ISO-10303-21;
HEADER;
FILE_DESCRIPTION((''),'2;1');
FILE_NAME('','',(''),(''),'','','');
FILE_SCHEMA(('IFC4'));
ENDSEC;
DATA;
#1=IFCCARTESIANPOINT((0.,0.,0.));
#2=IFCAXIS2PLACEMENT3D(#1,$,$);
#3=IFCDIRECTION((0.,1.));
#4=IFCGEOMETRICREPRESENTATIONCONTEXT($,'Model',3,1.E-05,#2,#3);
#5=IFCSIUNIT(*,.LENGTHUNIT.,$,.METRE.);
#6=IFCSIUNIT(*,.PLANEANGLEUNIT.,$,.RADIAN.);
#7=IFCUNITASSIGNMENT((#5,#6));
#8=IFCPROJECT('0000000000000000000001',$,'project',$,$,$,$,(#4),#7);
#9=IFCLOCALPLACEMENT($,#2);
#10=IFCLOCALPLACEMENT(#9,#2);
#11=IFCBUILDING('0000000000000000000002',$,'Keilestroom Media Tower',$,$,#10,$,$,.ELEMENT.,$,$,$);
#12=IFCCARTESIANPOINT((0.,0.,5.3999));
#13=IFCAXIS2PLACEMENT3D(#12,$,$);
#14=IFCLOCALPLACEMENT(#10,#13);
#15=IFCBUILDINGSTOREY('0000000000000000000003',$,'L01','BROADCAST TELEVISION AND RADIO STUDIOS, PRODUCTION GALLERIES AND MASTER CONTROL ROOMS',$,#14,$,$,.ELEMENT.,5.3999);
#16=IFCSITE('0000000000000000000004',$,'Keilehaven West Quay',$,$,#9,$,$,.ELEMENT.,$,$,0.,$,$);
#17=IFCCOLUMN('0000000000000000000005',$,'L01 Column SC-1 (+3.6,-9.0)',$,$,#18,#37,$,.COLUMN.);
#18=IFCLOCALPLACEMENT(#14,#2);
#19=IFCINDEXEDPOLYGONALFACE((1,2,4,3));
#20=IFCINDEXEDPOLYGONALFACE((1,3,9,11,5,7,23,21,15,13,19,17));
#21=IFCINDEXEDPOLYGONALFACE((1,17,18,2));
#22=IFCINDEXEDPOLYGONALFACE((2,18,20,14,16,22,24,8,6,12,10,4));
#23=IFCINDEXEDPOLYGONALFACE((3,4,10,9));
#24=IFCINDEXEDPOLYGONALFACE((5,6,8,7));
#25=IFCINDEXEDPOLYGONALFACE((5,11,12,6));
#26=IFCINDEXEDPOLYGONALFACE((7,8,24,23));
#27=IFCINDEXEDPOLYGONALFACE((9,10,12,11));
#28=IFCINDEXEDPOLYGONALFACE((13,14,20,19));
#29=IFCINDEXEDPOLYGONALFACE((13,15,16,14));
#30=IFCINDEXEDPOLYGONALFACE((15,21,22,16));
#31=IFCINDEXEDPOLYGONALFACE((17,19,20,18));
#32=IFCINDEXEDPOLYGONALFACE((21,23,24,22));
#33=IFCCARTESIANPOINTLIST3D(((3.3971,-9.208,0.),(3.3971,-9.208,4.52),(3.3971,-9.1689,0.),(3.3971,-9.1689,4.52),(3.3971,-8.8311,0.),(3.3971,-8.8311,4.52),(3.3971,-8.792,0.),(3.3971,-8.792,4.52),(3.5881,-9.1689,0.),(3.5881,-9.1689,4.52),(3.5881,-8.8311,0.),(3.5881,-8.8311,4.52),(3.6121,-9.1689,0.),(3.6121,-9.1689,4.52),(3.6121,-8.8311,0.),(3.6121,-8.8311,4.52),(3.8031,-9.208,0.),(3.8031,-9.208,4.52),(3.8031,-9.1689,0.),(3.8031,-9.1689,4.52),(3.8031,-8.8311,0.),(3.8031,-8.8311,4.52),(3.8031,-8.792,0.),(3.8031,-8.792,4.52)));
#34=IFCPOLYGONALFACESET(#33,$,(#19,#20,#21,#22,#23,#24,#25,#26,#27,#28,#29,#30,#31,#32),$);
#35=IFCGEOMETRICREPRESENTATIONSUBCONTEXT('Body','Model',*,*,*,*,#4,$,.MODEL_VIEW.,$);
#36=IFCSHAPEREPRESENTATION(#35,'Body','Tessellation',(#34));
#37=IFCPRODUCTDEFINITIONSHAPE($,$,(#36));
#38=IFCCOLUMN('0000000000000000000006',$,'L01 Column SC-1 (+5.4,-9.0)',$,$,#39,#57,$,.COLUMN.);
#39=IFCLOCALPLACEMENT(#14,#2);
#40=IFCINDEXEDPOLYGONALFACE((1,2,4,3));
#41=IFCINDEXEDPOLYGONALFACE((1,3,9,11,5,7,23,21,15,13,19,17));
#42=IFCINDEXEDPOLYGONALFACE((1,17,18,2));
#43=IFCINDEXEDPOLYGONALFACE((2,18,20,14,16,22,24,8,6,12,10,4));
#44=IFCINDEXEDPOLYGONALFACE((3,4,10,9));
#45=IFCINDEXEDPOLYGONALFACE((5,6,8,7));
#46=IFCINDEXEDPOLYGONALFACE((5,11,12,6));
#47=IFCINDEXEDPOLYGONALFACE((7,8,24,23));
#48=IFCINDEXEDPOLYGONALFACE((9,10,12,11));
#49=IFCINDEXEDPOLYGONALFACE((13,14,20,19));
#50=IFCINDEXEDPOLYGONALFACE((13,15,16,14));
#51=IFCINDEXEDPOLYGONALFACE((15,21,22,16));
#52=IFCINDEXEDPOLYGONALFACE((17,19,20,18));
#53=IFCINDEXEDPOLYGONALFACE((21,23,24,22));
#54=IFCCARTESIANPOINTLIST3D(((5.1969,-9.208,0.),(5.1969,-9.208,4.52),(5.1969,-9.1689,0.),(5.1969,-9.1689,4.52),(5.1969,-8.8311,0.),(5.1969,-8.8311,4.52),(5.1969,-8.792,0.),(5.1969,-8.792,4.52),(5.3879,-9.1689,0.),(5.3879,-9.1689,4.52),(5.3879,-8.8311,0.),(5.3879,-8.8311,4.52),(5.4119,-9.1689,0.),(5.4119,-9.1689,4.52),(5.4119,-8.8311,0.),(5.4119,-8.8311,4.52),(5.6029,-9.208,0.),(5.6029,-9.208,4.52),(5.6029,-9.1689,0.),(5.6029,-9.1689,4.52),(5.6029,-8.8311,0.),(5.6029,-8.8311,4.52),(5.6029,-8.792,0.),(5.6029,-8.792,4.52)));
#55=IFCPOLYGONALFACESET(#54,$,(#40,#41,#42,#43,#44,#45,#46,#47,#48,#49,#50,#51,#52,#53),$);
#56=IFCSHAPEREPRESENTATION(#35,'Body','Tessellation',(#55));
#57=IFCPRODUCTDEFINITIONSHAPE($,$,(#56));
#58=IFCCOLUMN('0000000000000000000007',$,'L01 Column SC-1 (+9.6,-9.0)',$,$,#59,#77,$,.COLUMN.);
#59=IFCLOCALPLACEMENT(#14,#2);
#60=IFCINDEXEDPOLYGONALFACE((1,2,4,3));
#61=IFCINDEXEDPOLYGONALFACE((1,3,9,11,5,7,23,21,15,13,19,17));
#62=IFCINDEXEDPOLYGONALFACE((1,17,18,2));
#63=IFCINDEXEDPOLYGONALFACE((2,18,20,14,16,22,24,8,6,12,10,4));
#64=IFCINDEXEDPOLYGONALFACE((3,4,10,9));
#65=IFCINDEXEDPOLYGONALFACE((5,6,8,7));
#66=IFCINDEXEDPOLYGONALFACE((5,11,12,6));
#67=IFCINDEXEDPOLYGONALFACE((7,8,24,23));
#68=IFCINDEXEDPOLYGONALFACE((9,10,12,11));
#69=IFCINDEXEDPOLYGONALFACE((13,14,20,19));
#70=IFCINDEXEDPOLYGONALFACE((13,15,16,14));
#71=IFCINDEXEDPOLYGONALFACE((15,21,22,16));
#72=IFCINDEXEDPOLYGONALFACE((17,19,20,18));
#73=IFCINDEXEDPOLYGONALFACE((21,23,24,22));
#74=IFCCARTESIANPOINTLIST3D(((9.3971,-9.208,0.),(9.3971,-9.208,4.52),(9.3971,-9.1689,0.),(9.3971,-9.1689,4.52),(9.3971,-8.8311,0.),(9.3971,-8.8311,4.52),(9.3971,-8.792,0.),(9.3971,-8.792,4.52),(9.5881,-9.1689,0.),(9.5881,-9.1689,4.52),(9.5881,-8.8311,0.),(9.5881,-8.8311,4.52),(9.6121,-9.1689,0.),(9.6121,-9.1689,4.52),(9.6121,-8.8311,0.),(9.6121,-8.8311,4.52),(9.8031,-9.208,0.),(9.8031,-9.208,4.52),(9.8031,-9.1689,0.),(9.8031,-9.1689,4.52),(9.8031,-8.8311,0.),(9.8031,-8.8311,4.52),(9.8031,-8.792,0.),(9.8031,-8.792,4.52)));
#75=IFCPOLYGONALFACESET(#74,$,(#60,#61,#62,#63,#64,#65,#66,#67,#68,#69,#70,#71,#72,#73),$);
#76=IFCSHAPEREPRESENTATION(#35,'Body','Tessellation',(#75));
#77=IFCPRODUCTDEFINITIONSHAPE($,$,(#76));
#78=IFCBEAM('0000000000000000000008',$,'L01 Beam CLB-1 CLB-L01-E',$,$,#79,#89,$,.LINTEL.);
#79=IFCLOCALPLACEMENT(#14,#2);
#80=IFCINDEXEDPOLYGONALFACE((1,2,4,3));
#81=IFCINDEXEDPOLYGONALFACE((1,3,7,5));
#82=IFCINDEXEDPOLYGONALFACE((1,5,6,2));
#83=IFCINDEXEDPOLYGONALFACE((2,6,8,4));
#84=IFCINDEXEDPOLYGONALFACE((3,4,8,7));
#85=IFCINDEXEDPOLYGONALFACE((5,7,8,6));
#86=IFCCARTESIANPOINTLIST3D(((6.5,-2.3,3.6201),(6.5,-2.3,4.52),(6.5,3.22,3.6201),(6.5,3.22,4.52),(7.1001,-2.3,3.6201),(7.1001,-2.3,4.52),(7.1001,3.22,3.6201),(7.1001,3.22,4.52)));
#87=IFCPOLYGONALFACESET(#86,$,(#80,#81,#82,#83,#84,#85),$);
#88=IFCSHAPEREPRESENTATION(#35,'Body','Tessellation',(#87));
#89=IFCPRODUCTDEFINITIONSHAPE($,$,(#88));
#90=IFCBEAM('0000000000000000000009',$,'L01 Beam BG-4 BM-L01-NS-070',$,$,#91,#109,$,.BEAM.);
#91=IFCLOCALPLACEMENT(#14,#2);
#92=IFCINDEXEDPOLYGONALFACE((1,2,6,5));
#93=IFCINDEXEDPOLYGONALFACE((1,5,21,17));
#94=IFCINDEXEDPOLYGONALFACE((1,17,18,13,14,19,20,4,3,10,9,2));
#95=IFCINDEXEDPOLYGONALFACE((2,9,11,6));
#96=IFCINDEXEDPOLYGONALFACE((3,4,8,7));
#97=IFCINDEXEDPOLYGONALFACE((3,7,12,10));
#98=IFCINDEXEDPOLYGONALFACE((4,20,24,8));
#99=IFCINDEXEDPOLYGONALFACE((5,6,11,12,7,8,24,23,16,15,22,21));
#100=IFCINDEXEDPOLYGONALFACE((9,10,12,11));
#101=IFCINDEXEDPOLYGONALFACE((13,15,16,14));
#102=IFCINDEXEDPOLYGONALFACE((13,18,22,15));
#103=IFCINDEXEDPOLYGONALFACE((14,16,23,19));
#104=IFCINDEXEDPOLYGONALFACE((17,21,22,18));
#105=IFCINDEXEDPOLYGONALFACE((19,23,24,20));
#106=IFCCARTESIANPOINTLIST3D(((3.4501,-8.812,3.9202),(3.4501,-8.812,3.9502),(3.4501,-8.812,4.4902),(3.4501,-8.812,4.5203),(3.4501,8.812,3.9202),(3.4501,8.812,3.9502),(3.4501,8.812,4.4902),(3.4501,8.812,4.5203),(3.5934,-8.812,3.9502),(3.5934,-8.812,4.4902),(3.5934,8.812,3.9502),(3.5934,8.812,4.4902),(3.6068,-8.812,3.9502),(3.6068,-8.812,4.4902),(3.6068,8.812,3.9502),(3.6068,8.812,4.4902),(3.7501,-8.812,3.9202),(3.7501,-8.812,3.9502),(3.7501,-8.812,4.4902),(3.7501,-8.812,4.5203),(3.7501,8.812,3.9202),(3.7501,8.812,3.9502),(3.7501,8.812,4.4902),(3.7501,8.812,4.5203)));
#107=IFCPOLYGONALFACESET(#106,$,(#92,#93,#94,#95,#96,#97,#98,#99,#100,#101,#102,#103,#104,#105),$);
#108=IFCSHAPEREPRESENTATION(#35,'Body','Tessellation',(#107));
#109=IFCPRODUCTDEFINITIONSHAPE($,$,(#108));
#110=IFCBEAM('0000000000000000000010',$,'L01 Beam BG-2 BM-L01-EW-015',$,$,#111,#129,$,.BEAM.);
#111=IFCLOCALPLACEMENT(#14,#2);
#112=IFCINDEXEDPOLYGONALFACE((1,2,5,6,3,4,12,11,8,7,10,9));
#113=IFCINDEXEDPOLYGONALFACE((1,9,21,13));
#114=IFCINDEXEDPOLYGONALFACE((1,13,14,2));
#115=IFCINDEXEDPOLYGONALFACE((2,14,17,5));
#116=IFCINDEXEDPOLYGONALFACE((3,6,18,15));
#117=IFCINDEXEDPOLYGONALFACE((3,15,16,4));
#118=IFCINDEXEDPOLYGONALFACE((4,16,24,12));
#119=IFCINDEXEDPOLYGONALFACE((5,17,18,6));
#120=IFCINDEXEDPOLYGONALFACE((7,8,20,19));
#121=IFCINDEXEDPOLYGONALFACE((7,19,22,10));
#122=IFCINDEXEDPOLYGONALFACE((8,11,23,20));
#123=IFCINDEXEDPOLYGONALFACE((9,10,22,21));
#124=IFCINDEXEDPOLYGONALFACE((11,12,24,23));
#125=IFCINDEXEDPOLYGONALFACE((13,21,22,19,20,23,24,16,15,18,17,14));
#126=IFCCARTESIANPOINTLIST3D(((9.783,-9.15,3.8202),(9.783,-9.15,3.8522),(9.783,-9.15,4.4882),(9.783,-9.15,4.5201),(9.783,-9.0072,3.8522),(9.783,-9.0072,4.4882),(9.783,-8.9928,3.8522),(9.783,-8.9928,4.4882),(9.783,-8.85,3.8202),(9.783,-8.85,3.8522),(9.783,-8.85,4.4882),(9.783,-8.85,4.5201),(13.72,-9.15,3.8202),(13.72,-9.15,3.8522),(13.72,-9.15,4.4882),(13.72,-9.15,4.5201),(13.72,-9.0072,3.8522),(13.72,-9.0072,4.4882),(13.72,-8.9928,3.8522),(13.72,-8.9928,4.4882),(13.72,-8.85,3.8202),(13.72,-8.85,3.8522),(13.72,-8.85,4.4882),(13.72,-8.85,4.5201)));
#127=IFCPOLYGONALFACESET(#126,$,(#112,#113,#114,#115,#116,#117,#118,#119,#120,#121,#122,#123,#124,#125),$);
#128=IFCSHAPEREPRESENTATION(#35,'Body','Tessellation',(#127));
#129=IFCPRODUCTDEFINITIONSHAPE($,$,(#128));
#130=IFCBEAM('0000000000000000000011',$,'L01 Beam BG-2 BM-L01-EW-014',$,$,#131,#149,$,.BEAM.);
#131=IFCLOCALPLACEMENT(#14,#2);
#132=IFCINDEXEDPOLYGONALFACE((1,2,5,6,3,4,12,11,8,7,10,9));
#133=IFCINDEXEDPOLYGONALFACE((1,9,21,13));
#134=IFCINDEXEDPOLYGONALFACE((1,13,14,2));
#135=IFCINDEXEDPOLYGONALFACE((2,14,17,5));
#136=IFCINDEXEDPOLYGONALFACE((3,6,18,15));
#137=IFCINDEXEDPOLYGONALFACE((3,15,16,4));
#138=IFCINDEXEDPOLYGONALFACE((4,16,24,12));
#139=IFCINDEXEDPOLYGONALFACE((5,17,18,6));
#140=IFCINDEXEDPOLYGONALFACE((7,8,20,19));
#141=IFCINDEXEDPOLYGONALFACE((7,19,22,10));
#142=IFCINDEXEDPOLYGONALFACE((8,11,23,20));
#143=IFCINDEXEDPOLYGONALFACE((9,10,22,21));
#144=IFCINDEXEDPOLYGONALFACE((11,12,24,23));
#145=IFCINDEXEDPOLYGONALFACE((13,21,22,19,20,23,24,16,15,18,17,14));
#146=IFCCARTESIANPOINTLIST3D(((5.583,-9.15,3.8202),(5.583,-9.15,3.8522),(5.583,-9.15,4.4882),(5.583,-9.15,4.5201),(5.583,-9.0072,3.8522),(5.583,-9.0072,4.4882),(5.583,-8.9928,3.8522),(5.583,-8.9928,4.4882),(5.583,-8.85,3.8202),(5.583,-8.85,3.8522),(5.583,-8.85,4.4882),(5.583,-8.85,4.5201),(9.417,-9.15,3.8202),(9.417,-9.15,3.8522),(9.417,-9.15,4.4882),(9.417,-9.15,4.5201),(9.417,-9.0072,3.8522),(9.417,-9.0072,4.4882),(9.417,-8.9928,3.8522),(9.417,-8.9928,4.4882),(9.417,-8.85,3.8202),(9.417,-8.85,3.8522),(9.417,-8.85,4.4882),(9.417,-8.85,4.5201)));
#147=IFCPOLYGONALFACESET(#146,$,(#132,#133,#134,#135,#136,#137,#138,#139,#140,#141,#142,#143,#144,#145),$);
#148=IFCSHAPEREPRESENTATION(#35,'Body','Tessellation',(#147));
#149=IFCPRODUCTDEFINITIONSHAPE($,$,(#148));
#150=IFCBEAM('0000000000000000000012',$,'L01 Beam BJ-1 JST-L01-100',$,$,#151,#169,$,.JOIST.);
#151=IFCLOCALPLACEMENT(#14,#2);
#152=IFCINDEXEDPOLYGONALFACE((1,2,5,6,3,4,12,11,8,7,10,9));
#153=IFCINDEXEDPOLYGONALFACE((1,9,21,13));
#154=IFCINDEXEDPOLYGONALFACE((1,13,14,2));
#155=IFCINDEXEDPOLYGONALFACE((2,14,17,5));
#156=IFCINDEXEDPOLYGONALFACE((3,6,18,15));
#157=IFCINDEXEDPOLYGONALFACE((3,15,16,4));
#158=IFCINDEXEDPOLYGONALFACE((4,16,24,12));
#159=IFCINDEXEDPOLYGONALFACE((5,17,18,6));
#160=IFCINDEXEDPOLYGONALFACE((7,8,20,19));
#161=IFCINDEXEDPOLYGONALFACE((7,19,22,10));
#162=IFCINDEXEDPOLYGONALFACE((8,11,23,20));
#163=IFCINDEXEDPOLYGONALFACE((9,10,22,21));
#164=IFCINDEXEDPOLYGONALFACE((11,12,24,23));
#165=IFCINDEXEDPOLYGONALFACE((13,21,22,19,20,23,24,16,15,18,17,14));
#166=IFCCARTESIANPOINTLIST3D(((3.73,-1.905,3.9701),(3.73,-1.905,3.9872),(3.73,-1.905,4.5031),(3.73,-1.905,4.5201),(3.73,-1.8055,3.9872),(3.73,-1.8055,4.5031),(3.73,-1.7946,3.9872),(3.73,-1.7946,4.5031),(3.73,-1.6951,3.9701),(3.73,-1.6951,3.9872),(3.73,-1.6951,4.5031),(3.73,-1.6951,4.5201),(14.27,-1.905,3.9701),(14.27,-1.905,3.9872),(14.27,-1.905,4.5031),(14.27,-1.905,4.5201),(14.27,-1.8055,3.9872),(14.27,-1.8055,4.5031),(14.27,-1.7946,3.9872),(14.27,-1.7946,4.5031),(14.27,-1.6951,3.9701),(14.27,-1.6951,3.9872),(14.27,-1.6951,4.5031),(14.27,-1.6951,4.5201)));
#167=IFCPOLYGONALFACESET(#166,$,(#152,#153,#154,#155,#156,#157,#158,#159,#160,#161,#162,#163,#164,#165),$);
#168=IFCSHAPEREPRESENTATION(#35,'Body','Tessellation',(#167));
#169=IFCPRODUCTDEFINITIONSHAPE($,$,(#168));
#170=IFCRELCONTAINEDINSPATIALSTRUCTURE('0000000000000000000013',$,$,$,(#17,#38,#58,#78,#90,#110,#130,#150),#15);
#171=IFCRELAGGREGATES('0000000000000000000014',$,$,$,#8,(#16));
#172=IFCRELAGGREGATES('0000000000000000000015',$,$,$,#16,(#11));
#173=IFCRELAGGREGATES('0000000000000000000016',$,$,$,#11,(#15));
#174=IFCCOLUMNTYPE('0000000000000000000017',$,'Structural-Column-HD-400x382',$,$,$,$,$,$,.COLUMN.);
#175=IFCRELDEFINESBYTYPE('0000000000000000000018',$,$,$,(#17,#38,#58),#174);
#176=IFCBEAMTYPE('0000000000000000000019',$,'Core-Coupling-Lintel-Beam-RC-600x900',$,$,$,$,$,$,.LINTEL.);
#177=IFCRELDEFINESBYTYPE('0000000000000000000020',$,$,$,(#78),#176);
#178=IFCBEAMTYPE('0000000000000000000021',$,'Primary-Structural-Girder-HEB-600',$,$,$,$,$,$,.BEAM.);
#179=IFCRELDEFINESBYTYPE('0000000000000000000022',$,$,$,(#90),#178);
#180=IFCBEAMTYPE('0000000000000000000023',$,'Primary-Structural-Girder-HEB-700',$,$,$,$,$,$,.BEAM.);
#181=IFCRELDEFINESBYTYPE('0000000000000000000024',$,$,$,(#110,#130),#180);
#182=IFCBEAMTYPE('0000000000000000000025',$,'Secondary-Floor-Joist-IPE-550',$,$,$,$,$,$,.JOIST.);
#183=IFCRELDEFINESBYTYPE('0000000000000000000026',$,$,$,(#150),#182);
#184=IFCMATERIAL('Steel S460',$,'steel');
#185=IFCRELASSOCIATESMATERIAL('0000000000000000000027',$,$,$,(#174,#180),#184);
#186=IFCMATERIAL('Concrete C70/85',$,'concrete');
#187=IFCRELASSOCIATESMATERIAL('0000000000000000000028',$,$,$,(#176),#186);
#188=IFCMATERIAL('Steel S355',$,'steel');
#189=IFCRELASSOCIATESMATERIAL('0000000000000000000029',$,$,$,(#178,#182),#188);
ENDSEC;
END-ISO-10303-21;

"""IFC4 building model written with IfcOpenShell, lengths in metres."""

from ifc_helpers import new_model, si_unit, direction, frame, origin, origin_2d, place, context, subcontext, project, spatial, rectangle, i_section, extrude, source, transform, mapped, material, material_profile, profile_set, type_object, element, save


model = new_model("IFC4")

# Units and contexts
model_context = context("Model", 3, precision=1e-05, world=origin(), true_north=direction((0.0, 1.0)))
body_context = subcontext(model_context, "Body", "Model", "MODEL_VIEW")
ifc_project = project(units=[si_unit("LENGTHUNIT", "METRE"), si_unit("PLANEANGLEUNIT", "RADIAN")], contexts=[model_context])

# Site, building, storey
site_placement = place(None, origin())
site = spatial("IfcSite", under=ifc_project, at=site_placement, Name="Keilehaven West Quay", CompositionType="ELEMENT", RefElevation=0.0)
building_placement = place(site_placement, origin())
building = spatial("IfcBuilding", under=site, at=building_placement, Name="Keilestroom Media Tower", CompositionType="ELEMENT")
storey_placement = place(building_placement, frame((0.0, 0.0, 5.3999)))
storey = spatial("IfcBuildingStorey", under=building, at=storey_placement, Name="L01", Description="BROADCAST TELEVISION AND RADIO STUDIOS, PRODUCTION GALLERIES AND MASTER CONTROL ROOMS", CompositionType="ELEMENT", Elevation=5.3999)

# Columns
ifc_material_1 = material(Name="Steel S460", Category="steel")
ifc_material_profile_1 = material_profile(ifc_material_1, i_section(OverallWidth=0.406, OverallDepth=0.416, WebThickness=0.0239, FlangeThickness=0.0391, at=origin_2d()), Name="HD 400x382")
ifc_profile_set_1 = profile_set([ifc_material_profile_1], Name="Steel S460")
column_type = type_object("IfcColumnType", Name="Structural-Column-HD-400x382", PredefinedType="COLUMN", material=ifc_profile_set_1)
shared_shape_1 = source(origin(), body_context, "Body", "SweptSolid", [
    extrude(i_section(OverallWidth=0.406, OverallDepth=0.416, WebThickness=0.0239, FlangeThickness=0.0391, at=origin_2d()), origin(), (0.0, 0.0, 1.0), 4.52),
])
for number, where, z_axis, x_axis, name in (
    (1, (3.6001, -9.0, 0.0), (0.0, 0.0, 1.0), (1.0, 0.0, 0.0), "L01 Column SC-1 (+3.6,-9.0)"),
    (2, (5.3999, -9.0, 0.0), (0.0, 0.0, 1.0), (1.0, 0.0, 0.0), "L01 Column SC-1 (+5.4,-9.0)"),
    (3, (9.6001, -9.0, 0.0), (0.0, 0.0, 1.0), (1.0, 0.0, 0.0), "L01 Column SC-1 (+9.6,-9.0)"),
):
    element("IfcColumn", number, at=place(storey_placement, frame(where, z_axis=z_axis, x_axis=x_axis)), inside=storey, type_object=column_type, Name=name, PredefinedType="COLUMN", context=body_context, shape_type="MappedRepresentation", body=[
        mapped(shared_shape_1, transform((0.0, 0.0, 0.0), x_axis=(1.0, 0.0, 0.0), y_axis=(0.0, 1.0, 0.0), z_axis=(0.0, 0.0, 1.0), scale=1.0)),
    ])

# Beams
ifc_material_2 = material(Name="Concrete C70/85", Category="concrete")
ifc_material_profile_2 = material_profile(ifc_material_2, rectangle(XDim=0.6001, YDim=0.8999, at=origin_2d()), Name="RC 600x900")
ifc_profile_set_2 = profile_set([ifc_material_profile_2], Name="Concrete C70/85")
beam_type_1 = type_object("IfcBeamType", Name="Core-Coupling-Lintel-Beam-RC-600x900", PredefinedType="LINTEL", material=ifc_profile_set_2)
shared_shape_2 = source(origin(), body_context, "Body", "SweptSolid", [
    extrude(rectangle(XDim=0.6001, YDim=0.8999, at=origin_2d()), origin(), (0.0, 0.0, 1.0), 5.52),
])
beam_1_placement = place(storey_placement, frame((6.8, -2.3, 4.0701), z_axis=(0.0, 1.0, 0.0), x_axis=(-1.0, 0.0, 0.0)))
element("IfcBeam", 4, at=beam_1_placement, inside=storey, type_object=beam_type_1, Name="L01 Beam CLB-1 CLB-L01-E", PredefinedType="LINTEL", context=body_context, shape_type="MappedRepresentation", body=[
    mapped(shared_shape_2, transform((0.0, 0.0, 0.0), x_axis=(1.0, 0.0, 0.0), y_axis=(0.0, 1.0, 0.0), z_axis=(0.0, 0.0, 1.0), scale=1.0)),
])
ifc_material_3 = material(Name="Steel S355", Category="steel")
ifc_material_profile_3 = material_profile(ifc_material_3, i_section(OverallWidth=0.3, OverallDepth=0.6001, WebThickness=0.0134, FlangeThickness=0.03, at=origin_2d()), Name="HEB 600")
ifc_profile_set_3 = profile_set([ifc_material_profile_3], Name="Steel S355")
beam_type_2 = type_object("IfcBeamType", Name="Primary-Structural-Girder-HEB-600", PredefinedType="BEAM", material=ifc_profile_set_3)
shared_shape_3 = source(origin(), body_context, "Body", "SweptSolid", [
    extrude(i_section(OverallWidth=0.3, OverallDepth=0.6001, WebThickness=0.0134, FlangeThickness=0.03, at=origin_2d()), origin(), (0.0, 0.0, 1.0), 17.624),
])
beam_2_placement = place(storey_placement, frame((3.6001, -8.812, 4.2202), z_axis=(0.0, 1.0, 0.0), x_axis=(-1.0, 0.0, 0.0)))
element("IfcBeam", 5, at=beam_2_placement, inside=storey, type_object=beam_type_2, Name="L01 Beam BG-4 BM-L01-NS-070", PredefinedType="BEAM", context=body_context, shape_type="MappedRepresentation", body=[
    mapped(shared_shape_3, transform((0.0, 0.0, 0.0), x_axis=(1.0, 0.0, 0.0), y_axis=(0.0, 1.0, 0.0), z_axis=(0.0, 0.0, 1.0), scale=1.0)),
])
ifc_material_profile_4 = material_profile(ifc_material_1, i_section(OverallWidth=0.3, OverallDepth=0.7, WebThickness=0.0144, FlangeThickness=0.032, at=origin_2d()), Name="HEB 700")
ifc_profile_set_4 = profile_set([ifc_material_profile_4], Name="Steel S460")
beam_type_3 = type_object("IfcBeamType", Name="Primary-Structural-Girder-HEB-700", PredefinedType="BEAM", material=ifc_profile_set_4)
shared_shape_4 = source(origin(), body_context, "Body", "SweptSolid", [
    extrude(i_section(OverallWidth=0.3, OverallDepth=0.7, WebThickness=0.0144, FlangeThickness=0.032, at=origin_2d()), origin(), (0.0, 0.0, 1.0), 3.937),
])
beam_3_placement = place(storey_placement, frame((9.783, -9.0, 4.1702), z_axis=(1.0, 0.0, 0.0), x_axis=(0.0, 1.0, 0.0)))
element("IfcBeam", 6, at=beam_3_placement, inside=storey, type_object=beam_type_3, Name="L01 Beam BG-2 BM-L01-EW-015", PredefinedType="BEAM", context=body_context, shape_type="MappedRepresentation", body=[
    mapped(shared_shape_4, transform((0.0, 0.0, 0.0), x_axis=(1.0, 0.0, 0.0), y_axis=(0.0, 1.0, 0.0), z_axis=(0.0, 0.0, 1.0), scale=1.0)),
])
shared_shape_5 = source(origin(), body_context, "Body", "SweptSolid", [
    extrude(i_section(OverallWidth=0.3, OverallDepth=0.7, WebThickness=0.0144, FlangeThickness=0.032, at=origin_2d()), origin(), (0.0, 0.0, 1.0), 3.834),
])
beam_4_placement = place(storey_placement, frame((5.583, -9.0, 4.1702), z_axis=(1.0, 0.0, 0.0), x_axis=(0.0, 1.0, 0.0)))
element("IfcBeam", 7, at=beam_4_placement, inside=storey, type_object=beam_type_3, Name="L01 Beam BG-2 BM-L01-EW-014", PredefinedType="BEAM", context=body_context, shape_type="MappedRepresentation", body=[
    mapped(shared_shape_5, transform((0.0, 0.0, 0.0), x_axis=(1.0, 0.0, 0.0), y_axis=(0.0, 1.0, 0.0), z_axis=(0.0, 0.0, 1.0), scale=1.0)),
])
ifc_material_profile_5 = material_profile(ifc_material_3, i_section(OverallWidth=0.21, OverallDepth=0.55, WebThickness=0.011, FlangeThickness=0.0171, at=origin_2d()), Name="IPE 550")
ifc_profile_set_5 = profile_set([ifc_material_profile_5], Name="Steel S355")
beam_type_4 = type_object("IfcBeamType", Name="Secondary-Floor-Joist-IPE-550", PredefinedType="JOIST", material=ifc_profile_set_5)
shared_shape_6 = source(origin(), body_context, "Body", "SweptSolid", [
    extrude(i_section(OverallWidth=0.21, OverallDepth=0.55, WebThickness=0.011, FlangeThickness=0.0171, at=origin_2d()), origin(), (0.0, 0.0, 1.0), 10.54),
])
beam_5_placement = place(storey_placement, frame((3.73, -1.8, 4.2451), z_axis=(1.0, 0.0, 0.0), x_axis=(0.0, 1.0, 0.0)))
element("IfcBeam", 8, at=beam_5_placement, inside=storey, type_object=beam_type_4, Name="L01 Beam BJ-1 JST-L01-100", PredefinedType="JOIST", context=body_context, shape_type="MappedRepresentation", body=[
    mapped(shared_shape_6, transform((0.0, 0.0, 0.0), x_axis=(1.0, 0.0, 0.0), y_axis=(0.0, 1.0, 0.0), z_axis=(0.0, 0.0, 1.0), scale=1.0)),
])

save(model, "model.ifc")
